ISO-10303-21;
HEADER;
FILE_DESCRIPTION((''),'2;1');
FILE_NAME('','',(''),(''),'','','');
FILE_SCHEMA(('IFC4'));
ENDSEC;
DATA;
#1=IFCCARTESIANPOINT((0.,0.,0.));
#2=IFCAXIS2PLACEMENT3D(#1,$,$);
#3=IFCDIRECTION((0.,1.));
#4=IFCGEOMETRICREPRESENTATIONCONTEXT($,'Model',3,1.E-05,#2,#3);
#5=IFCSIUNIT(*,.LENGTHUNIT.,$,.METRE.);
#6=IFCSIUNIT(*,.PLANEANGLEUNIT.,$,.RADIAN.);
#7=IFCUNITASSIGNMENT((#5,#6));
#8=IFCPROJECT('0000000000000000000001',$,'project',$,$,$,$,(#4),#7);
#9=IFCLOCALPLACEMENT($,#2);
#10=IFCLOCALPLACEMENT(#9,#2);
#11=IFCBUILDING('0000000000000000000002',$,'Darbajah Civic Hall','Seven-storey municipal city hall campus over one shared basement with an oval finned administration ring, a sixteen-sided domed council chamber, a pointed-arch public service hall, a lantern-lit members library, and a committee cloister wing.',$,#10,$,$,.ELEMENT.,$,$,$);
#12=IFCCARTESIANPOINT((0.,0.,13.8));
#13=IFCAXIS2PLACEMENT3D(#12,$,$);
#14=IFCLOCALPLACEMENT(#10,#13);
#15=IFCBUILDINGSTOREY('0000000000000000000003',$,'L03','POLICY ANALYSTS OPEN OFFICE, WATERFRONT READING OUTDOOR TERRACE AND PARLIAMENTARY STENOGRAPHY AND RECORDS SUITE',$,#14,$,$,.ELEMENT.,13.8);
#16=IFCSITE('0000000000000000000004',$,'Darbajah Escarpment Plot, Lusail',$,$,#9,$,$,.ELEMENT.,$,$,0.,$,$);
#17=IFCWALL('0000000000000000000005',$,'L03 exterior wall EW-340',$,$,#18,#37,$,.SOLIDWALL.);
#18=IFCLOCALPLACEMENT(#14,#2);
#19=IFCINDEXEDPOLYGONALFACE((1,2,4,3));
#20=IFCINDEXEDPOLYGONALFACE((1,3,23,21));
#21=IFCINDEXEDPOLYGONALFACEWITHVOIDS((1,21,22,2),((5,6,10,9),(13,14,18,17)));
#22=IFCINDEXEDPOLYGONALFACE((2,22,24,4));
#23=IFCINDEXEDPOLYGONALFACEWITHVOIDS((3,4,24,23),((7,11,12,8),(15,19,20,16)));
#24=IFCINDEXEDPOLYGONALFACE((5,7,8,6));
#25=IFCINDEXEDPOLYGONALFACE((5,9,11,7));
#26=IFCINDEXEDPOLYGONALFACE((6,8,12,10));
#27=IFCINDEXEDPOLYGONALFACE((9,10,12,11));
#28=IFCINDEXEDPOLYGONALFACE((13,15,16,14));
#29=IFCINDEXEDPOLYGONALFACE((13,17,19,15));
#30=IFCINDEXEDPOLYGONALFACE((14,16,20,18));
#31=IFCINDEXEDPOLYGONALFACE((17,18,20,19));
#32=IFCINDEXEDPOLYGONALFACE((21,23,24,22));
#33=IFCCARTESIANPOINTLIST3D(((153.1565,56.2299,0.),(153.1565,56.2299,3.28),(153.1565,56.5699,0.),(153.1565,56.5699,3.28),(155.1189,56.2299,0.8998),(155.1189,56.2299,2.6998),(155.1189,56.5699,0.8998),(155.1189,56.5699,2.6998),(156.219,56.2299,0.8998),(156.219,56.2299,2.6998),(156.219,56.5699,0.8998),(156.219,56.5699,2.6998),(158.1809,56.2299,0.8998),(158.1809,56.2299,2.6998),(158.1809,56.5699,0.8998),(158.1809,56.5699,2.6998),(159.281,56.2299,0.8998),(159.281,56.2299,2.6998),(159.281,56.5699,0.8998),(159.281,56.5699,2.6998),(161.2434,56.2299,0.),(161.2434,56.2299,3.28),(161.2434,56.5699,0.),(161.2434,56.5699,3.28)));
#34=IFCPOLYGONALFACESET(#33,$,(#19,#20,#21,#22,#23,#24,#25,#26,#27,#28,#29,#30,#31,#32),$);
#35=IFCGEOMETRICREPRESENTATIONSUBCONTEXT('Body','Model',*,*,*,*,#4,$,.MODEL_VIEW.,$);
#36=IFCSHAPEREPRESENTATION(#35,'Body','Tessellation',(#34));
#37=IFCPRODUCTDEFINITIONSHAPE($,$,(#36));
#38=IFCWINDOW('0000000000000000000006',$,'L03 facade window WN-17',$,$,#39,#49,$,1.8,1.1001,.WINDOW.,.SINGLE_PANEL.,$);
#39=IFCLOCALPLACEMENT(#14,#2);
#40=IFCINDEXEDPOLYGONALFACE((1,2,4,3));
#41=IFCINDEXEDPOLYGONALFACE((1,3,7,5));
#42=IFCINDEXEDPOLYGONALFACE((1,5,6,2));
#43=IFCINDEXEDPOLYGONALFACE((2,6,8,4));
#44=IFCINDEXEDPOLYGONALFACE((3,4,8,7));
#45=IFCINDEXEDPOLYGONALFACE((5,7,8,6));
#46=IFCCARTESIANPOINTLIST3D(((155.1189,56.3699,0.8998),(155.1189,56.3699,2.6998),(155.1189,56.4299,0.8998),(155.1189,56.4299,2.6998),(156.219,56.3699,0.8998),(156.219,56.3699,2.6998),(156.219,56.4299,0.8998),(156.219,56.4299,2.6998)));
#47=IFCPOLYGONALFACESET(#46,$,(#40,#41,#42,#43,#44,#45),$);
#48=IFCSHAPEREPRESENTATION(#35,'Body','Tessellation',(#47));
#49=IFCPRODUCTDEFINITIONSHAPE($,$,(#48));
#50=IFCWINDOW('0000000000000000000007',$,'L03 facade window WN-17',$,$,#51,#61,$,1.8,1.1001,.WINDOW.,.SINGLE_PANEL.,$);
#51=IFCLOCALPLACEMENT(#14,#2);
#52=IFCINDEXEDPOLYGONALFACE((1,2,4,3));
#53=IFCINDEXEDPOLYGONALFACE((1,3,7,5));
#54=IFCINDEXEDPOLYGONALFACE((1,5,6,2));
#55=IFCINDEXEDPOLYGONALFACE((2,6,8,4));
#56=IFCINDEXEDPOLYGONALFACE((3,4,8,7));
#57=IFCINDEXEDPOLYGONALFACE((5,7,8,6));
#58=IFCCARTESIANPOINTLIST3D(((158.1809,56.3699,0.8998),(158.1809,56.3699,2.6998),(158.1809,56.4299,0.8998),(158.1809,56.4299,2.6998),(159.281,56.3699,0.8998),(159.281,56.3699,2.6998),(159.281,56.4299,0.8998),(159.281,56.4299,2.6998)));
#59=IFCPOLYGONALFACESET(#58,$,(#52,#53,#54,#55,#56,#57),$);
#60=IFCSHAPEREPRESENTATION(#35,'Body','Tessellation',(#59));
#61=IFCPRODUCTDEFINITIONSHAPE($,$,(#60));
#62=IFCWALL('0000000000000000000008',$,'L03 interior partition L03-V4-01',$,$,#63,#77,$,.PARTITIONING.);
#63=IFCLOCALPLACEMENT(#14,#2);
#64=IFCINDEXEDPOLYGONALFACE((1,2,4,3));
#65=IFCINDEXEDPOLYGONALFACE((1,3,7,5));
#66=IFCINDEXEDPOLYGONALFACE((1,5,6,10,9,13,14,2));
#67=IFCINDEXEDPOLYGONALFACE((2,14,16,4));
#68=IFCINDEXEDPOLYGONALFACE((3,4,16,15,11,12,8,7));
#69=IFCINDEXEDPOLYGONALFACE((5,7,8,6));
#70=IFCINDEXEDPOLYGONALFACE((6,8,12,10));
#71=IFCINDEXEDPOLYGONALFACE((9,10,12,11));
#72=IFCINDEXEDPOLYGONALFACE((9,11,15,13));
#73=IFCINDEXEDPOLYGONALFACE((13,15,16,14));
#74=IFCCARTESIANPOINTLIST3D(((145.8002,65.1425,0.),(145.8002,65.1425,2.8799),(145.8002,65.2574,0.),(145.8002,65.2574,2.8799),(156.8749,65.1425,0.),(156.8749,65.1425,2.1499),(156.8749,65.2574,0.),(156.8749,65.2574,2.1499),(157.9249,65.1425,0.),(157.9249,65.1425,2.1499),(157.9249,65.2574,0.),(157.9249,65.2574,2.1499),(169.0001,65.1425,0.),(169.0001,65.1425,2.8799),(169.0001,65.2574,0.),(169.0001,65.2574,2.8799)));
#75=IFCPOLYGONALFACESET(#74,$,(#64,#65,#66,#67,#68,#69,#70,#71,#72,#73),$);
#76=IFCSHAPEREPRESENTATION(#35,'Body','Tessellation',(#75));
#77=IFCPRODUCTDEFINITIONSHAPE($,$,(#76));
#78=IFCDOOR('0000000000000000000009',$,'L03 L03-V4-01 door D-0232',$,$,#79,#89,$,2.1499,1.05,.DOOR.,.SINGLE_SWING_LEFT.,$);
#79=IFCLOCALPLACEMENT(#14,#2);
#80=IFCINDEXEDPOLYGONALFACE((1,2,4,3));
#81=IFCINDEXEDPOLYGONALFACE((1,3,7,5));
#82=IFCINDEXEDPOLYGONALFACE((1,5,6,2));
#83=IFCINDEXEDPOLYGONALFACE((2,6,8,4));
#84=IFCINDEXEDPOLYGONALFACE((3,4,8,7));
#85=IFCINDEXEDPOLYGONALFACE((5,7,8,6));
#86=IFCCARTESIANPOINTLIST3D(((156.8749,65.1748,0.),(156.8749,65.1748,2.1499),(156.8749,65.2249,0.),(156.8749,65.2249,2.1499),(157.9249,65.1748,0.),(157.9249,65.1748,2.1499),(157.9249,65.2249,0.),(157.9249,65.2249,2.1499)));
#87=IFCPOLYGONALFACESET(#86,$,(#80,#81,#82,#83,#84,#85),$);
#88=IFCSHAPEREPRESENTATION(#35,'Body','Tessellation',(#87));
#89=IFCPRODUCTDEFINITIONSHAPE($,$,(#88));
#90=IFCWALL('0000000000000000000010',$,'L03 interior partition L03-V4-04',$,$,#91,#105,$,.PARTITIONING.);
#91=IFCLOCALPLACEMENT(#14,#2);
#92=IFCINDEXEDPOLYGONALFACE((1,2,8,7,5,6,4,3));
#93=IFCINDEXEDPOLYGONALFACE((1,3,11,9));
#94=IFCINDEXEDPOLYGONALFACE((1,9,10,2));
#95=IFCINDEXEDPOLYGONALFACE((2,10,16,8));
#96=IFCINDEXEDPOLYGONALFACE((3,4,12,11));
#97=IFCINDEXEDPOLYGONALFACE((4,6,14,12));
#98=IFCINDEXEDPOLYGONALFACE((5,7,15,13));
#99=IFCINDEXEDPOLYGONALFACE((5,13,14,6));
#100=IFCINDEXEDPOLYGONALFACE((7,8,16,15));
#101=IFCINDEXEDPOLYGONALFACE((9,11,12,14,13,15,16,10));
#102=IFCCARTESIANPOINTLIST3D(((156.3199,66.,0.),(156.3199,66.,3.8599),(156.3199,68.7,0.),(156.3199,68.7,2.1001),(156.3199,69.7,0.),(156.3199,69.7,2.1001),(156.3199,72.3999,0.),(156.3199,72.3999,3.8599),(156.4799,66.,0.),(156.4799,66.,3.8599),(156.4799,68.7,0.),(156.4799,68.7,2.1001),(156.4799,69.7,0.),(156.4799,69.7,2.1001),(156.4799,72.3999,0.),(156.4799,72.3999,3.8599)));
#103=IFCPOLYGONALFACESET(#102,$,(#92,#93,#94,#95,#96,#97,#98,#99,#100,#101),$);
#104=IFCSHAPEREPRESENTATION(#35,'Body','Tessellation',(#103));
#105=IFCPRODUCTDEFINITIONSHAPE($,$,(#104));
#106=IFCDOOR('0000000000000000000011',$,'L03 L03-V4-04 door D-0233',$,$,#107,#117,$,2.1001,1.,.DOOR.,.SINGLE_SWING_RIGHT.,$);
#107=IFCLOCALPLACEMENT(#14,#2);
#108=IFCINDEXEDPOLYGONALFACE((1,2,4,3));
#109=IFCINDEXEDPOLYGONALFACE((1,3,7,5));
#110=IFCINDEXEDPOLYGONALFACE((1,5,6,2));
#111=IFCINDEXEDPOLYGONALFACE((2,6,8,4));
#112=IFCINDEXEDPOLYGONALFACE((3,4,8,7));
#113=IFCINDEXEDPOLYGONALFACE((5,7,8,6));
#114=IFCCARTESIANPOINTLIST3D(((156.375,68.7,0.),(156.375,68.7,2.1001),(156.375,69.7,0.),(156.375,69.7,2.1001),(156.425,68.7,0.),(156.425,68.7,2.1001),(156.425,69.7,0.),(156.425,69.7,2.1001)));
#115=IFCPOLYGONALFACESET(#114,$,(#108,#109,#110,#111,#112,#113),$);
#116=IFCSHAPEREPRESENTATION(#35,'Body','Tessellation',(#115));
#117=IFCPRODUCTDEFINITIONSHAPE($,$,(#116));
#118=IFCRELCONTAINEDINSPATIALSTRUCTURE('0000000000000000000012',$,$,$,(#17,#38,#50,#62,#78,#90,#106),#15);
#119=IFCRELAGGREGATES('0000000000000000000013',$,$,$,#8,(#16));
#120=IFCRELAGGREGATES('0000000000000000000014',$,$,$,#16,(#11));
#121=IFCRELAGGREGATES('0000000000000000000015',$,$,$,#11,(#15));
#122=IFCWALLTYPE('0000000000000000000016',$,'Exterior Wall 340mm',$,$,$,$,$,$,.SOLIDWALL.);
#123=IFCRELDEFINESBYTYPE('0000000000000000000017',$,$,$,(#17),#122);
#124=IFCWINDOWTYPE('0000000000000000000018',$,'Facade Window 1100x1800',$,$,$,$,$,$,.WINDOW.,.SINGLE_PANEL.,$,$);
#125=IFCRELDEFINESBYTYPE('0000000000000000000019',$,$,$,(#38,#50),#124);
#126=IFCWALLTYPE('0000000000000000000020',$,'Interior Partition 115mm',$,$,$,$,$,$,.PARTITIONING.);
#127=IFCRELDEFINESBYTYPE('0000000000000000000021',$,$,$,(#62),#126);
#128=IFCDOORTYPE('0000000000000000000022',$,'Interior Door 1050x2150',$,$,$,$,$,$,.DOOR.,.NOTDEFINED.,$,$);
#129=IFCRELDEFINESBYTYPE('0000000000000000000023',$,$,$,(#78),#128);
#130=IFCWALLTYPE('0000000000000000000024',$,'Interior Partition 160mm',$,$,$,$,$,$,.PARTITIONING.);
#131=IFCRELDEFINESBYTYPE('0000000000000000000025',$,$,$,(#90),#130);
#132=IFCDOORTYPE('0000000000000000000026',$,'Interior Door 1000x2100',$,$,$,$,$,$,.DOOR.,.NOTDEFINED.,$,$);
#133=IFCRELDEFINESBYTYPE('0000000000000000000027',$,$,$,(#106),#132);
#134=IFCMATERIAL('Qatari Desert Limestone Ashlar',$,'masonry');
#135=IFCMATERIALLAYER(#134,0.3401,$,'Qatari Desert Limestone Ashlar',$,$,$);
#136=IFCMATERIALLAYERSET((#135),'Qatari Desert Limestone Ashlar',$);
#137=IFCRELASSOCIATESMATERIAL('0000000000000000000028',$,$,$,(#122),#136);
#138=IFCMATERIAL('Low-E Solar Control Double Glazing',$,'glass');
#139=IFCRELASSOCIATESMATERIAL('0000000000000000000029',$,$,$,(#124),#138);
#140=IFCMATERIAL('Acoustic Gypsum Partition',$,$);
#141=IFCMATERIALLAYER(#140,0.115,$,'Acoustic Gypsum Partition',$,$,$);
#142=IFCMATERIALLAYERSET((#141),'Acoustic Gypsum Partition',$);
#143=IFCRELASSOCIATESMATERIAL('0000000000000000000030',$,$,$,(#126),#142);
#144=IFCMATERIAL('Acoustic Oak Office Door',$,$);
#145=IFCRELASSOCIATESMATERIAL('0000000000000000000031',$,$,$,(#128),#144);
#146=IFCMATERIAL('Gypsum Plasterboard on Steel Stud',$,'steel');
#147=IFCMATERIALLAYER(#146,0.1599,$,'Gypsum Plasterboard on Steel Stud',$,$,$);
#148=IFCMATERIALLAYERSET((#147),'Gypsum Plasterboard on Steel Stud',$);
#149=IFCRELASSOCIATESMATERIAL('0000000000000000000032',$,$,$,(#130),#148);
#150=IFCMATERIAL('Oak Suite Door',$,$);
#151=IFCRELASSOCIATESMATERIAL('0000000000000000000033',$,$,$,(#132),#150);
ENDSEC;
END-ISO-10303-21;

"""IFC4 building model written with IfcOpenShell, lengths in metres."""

from ifc_helpers import new_model, si_unit, direction, frame, frame_2d, origin, place, context, subcontext, project, spatial, rectangle, extrude, material, layer, layer_set, type_object, element, fill, save


model = new_model("IFC4")

# Units and contexts
model_context = context("Model", 3, precision=1e-05, world=origin(), true_north=direction((0.0, 1.0)))
body_context = subcontext(model_context, "Body", "Model", "MODEL_VIEW")
ifc_project = project(units=[si_unit("LENGTHUNIT", "METRE"), si_unit("PLANEANGLEUNIT", "RADIAN")], contexts=[model_context])

# Site, building, storey
site_placement = place(None, origin())
site = spatial("IfcSite", under=ifc_project, at=site_placement, Name="Darbajah Escarpment Plot, Lusail", CompositionType="ELEMENT", RefElevation=0.0)
building_placement = place(site_placement, origin())
building = spatial("IfcBuilding", under=site, at=building_placement, Name="Darbajah Civic Hall", Description="Seven-storey municipal city hall campus over one shared basement with an oval finned administration ring, a sixteen-sided domed council chamber, a pointed-arch public service hall, a lantern-lit members library, and a committee cloister wing.", CompositionType="ELEMENT")
storey_placement = place(building_placement, frame((0.0, 0.0, 13.8)))
storey = spatial("IfcBuildingStorey", under=building, at=storey_placement, Name="L03", Description="POLICY ANALYSTS OPEN OFFICE, WATERFRONT READING OUTDOOR TERRACE AND PARLIAMENTARY STENOGRAPHY AND RECORDS SUITE", CompositionType="ELEMENT", Elevation=13.8)

# Wall, openings, windows
ifc_material_1 = material(Name="Qatari Desert Limestone Ashlar", Category="masonry")
ifc_layer_1 = layer(ifc_material_1, 0.3401, Name="Qatari Desert Limestone Ashlar")
ifc_layer_set_1 = layer_set([ifc_layer_1], Name="Qatari Desert Limestone Ashlar")
wall_type_1 = type_object("IfcWallType", Name="Exterior Wall 340mm", PredefinedType="SOLIDWALL", material=ifc_layer_set_1)
wall_1_placement = place(storey_placement, frame((153.1565, 56.3999, 0.0), z_axis=(0.0, 0.0, 1.0), x_axis=(1.0, 0.0, 0.0)))
wall_1 = element("IfcWall", 1, at=wall_1_placement, inside=storey, type_object=wall_type_1, Name="L03 exterior wall EW-340", PredefinedType="SOLIDWALL", context=body_context, shape_type="SweptSolid", body=[
    extrude(rectangle(XDim=8.0869, YDim=0.3401, at=frame_2d((4.0435, 0.0))), origin(), (0.0, 0.0, 1.0), 3.28),
])
opening_1_placement = place(wall_1_placement, frame((1.9624, 0.0, 0.8999)))
opening_1 = element("IfcOpeningElement", 2, at=opening_1_placement, cuts=wall_1, PredefinedType="OPENING", context=body_context, shape_type="SweptSolid", body=[
    extrude(rectangle(XDim=1.1001, YDim=1.8, at=frame_2d((0.55, 0.8999))), frame((0.0, 0.1799, 0.0), z_axis=(0.0, -1.0, 0.0), x_axis=(1.0, 0.0, 0.0)), (0.0, 0.0, 1.0), 0.3601),
])
opening_2_placement = place(wall_1_placement, frame((5.0244, 0.0, 0.8999)))
opening_2 = element("IfcOpeningElement", 3, at=opening_2_placement, cuts=wall_1, PredefinedType="OPENING", context=body_context, shape_type="SweptSolid", body=[
    extrude(rectangle(XDim=1.1001, YDim=1.8, at=frame_2d((0.55, 0.8999))), frame((0.0, 0.1799, 0.0), z_axis=(0.0, -1.0, 0.0), x_axis=(1.0, 0.0, 0.0)), (0.0, 0.0, 1.0), 0.3601),
])
ifc_material_2 = material(Name="Low-E Solar Control Double Glazing", Category="glass")
window_type = type_object("IfcWindowType", Name="Facade Window 1100x1800", PartitioningType="SINGLE_PANEL", PredefinedType="WINDOW", material=ifc_material_2)
window_1_placement = place(opening_1_placement, origin())
window_1 = element("IfcWindow", 4, at=window_1_placement, inside=storey, type_object=window_type, Name="L03 facade window WN-17", OverallHeight=1.8, OverallWidth=1.1001, PartitioningType="SINGLE_PANEL", PredefinedType="WINDOW", context=body_context, shape_type="SweptSolid", body=[
    extrude(rectangle(XDim=1.1001, YDim=1.8, at=frame_2d((0.55, 0.8999))), frame((0.0, 0.03, 0.0), z_axis=(0.0, -1.0, 0.0), x_axis=(1.0, 0.0, 0.0)), (0.0, 0.0, 1.0), 0.0601),
])
fill(opening_1, window_1)
window_2_placement = place(opening_2_placement, origin())
window_2 = element("IfcWindow", 5, at=window_2_placement, inside=storey, type_object=window_type, Name="L03 facade window WN-17", OverallHeight=1.8, OverallWidth=1.1001, PartitioningType="SINGLE_PANEL", PredefinedType="WINDOW", context=body_context, shape_type="SweptSolid", body=[
    extrude(rectangle(XDim=1.1001, YDim=1.8, at=frame_2d((0.55, 0.8999))), frame((0.0, 0.03, 0.0), z_axis=(0.0, -1.0, 0.0), x_axis=(1.0, 0.0, 0.0)), (0.0, 0.0, 1.0), 0.0601),
])
fill(opening_2, window_2)

# Walls, openings, doors
ifc_material_3 = material(Name="Acoustic Gypsum Partition")
ifc_layer_2 = layer(ifc_material_3, 0.115, Name="Acoustic Gypsum Partition")
ifc_layer_set_2 = layer_set([ifc_layer_2], Name="Acoustic Gypsum Partition")
wall_type_2 = type_object("IfcWallType", Name="Interior Partition 115mm", PredefinedType="PARTITIONING", material=ifc_layer_set_2)
wall_2_placement = place(storey_placement, frame((145.8, 65.2, 0.0), z_axis=(0.0, 0.0, 1.0), x_axis=(1.0, 0.0, 0.0)))
wall_2 = element("IfcWall", 6, at=wall_2_placement, inside=storey, type_object=wall_type_2, Name="L03 interior partition L03-V4-01", PredefinedType="PARTITIONING", context=body_context, shape_type="SweptSolid", body=[
    extrude(rectangle(XDim=23.2, YDim=0.115, at=frame_2d((11.6001, 0.0))), origin(), (0.0, 0.0, 1.0), 2.8799),
])
opening_3_placement = place(wall_2_placement, frame((11.075, 0.0, 0.0)))
opening_3 = element("IfcOpeningElement", 7, at=opening_3_placement, cuts=wall_2, PredefinedType="OPENING", context=body_context, shape_type="SweptSolid", body=[
    extrude(rectangle(XDim=1.05, YDim=2.1499, at=frame_2d((0.5249, 1.075))), frame((0.0, 0.0674, 0.0), z_axis=(0.0, -1.0, 0.0), x_axis=(1.0, 0.0, 0.0)), (0.0, 0.0, 1.0), 0.135),
])
ifc_material_4 = material(Name="Acoustic Oak Office Door")
door_type_1 = type_object("IfcDoorType", Name="Interior Door 1050x2150", OperationType="NOTDEFINED", PredefinedType="DOOR", material=ifc_material_4)
door_1_placement = place(opening_3_placement, origin())
door_1 = element("IfcDoor", 8, at=door_1_placement, inside=storey, type_object=door_type_1, Name="L03 L03-V4-01 door D-0232", OperationType="SINGLE_SWING_LEFT", OverallHeight=2.1499, OverallWidth=1.05, PredefinedType="DOOR", context=body_context, shape_type="SweptSolid", body=[
    extrude(rectangle(XDim=1.05, YDim=2.1499, at=frame_2d((0.5249, 1.075))), frame((0.0, 0.0249, 0.0), z_axis=(0.0, -1.0, 0.0), x_axis=(1.0, 0.0, 0.0)), (0.0, 0.0, 1.0), 0.05),
])
fill(opening_3, door_1)
ifc_material_5 = material(Name="Gypsum Plasterboard on Steel Stud", Category="steel")
ifc_layer_3 = layer(ifc_material_5, 0.1599, Name="Gypsum Plasterboard on Steel Stud")
ifc_layer_set_3 = layer_set([ifc_layer_3], Name="Gypsum Plasterboard on Steel Stud")
wall_type_3 = type_object("IfcWallType", Name="Interior Partition 160mm", PredefinedType="PARTITIONING", material=ifc_layer_set_3)
wall_3_placement = place(storey_placement, frame((156.3999, 66.0, 0.0), z_axis=(0.0, 0.0, 1.0), x_axis=(0.0, 1.0, 0.0)))
wall_3 = element("IfcWall", 9, at=wall_3_placement, inside=storey, type_object=wall_type_3, Name="L03 interior partition L03-V4-04", PredefinedType="PARTITIONING", context=body_context, shape_type="SweptSolid", body=[
    extrude(rectangle(XDim=6.3999, YDim=0.1599, at=frame_2d((3.2, 0.0))), origin(), (0.0, 0.0, 1.0), 3.8599),
])
opening_4_placement = place(wall_3_placement, frame((2.7, 0.0, 0.0)))
opening_4 = element("IfcOpeningElement", 10, at=opening_4_placement, cuts=wall_3, PredefinedType="OPENING", context=body_context, shape_type="SweptSolid", body=[
    extrude(rectangle(XDim=1.0, YDim=2.1001, at=frame_2d((0.5, 1.05))), frame((0.0, 0.0898, 0.0), z_axis=(0.0, -1.0, 0.0), x_axis=(1.0, 0.0, 0.0)), (0.0, 0.0, 1.0), 0.1799),
])
ifc_material_6 = material(Name="Oak Suite Door")
door_type_2 = type_object("IfcDoorType", Name="Interior Door 1000x2100", OperationType="NOTDEFINED", PredefinedType="DOOR", material=ifc_material_6)
door_2_placement = place(opening_4_placement, origin())
door_2 = element("IfcDoor", 11, at=door_2_placement, inside=storey, type_object=door_type_2, Name="L03 L03-V4-04 door D-0233", OperationType="SINGLE_SWING_RIGHT", OverallHeight=2.1001, OverallWidth=1.0, PredefinedType="DOOR", context=body_context, shape_type="SweptSolid", body=[
    extrude(rectangle(XDim=1.0, YDim=2.1001, at=frame_2d((0.5, 1.05))), frame((0.0, 0.0249, 0.0), z_axis=(0.0, -1.0, 0.0), x_axis=(1.0, 0.0, 0.0)), (0.0, 0.0, 1.0), 0.05),
])
fill(opening_4, door_2)

save(model, "model.ifc")
